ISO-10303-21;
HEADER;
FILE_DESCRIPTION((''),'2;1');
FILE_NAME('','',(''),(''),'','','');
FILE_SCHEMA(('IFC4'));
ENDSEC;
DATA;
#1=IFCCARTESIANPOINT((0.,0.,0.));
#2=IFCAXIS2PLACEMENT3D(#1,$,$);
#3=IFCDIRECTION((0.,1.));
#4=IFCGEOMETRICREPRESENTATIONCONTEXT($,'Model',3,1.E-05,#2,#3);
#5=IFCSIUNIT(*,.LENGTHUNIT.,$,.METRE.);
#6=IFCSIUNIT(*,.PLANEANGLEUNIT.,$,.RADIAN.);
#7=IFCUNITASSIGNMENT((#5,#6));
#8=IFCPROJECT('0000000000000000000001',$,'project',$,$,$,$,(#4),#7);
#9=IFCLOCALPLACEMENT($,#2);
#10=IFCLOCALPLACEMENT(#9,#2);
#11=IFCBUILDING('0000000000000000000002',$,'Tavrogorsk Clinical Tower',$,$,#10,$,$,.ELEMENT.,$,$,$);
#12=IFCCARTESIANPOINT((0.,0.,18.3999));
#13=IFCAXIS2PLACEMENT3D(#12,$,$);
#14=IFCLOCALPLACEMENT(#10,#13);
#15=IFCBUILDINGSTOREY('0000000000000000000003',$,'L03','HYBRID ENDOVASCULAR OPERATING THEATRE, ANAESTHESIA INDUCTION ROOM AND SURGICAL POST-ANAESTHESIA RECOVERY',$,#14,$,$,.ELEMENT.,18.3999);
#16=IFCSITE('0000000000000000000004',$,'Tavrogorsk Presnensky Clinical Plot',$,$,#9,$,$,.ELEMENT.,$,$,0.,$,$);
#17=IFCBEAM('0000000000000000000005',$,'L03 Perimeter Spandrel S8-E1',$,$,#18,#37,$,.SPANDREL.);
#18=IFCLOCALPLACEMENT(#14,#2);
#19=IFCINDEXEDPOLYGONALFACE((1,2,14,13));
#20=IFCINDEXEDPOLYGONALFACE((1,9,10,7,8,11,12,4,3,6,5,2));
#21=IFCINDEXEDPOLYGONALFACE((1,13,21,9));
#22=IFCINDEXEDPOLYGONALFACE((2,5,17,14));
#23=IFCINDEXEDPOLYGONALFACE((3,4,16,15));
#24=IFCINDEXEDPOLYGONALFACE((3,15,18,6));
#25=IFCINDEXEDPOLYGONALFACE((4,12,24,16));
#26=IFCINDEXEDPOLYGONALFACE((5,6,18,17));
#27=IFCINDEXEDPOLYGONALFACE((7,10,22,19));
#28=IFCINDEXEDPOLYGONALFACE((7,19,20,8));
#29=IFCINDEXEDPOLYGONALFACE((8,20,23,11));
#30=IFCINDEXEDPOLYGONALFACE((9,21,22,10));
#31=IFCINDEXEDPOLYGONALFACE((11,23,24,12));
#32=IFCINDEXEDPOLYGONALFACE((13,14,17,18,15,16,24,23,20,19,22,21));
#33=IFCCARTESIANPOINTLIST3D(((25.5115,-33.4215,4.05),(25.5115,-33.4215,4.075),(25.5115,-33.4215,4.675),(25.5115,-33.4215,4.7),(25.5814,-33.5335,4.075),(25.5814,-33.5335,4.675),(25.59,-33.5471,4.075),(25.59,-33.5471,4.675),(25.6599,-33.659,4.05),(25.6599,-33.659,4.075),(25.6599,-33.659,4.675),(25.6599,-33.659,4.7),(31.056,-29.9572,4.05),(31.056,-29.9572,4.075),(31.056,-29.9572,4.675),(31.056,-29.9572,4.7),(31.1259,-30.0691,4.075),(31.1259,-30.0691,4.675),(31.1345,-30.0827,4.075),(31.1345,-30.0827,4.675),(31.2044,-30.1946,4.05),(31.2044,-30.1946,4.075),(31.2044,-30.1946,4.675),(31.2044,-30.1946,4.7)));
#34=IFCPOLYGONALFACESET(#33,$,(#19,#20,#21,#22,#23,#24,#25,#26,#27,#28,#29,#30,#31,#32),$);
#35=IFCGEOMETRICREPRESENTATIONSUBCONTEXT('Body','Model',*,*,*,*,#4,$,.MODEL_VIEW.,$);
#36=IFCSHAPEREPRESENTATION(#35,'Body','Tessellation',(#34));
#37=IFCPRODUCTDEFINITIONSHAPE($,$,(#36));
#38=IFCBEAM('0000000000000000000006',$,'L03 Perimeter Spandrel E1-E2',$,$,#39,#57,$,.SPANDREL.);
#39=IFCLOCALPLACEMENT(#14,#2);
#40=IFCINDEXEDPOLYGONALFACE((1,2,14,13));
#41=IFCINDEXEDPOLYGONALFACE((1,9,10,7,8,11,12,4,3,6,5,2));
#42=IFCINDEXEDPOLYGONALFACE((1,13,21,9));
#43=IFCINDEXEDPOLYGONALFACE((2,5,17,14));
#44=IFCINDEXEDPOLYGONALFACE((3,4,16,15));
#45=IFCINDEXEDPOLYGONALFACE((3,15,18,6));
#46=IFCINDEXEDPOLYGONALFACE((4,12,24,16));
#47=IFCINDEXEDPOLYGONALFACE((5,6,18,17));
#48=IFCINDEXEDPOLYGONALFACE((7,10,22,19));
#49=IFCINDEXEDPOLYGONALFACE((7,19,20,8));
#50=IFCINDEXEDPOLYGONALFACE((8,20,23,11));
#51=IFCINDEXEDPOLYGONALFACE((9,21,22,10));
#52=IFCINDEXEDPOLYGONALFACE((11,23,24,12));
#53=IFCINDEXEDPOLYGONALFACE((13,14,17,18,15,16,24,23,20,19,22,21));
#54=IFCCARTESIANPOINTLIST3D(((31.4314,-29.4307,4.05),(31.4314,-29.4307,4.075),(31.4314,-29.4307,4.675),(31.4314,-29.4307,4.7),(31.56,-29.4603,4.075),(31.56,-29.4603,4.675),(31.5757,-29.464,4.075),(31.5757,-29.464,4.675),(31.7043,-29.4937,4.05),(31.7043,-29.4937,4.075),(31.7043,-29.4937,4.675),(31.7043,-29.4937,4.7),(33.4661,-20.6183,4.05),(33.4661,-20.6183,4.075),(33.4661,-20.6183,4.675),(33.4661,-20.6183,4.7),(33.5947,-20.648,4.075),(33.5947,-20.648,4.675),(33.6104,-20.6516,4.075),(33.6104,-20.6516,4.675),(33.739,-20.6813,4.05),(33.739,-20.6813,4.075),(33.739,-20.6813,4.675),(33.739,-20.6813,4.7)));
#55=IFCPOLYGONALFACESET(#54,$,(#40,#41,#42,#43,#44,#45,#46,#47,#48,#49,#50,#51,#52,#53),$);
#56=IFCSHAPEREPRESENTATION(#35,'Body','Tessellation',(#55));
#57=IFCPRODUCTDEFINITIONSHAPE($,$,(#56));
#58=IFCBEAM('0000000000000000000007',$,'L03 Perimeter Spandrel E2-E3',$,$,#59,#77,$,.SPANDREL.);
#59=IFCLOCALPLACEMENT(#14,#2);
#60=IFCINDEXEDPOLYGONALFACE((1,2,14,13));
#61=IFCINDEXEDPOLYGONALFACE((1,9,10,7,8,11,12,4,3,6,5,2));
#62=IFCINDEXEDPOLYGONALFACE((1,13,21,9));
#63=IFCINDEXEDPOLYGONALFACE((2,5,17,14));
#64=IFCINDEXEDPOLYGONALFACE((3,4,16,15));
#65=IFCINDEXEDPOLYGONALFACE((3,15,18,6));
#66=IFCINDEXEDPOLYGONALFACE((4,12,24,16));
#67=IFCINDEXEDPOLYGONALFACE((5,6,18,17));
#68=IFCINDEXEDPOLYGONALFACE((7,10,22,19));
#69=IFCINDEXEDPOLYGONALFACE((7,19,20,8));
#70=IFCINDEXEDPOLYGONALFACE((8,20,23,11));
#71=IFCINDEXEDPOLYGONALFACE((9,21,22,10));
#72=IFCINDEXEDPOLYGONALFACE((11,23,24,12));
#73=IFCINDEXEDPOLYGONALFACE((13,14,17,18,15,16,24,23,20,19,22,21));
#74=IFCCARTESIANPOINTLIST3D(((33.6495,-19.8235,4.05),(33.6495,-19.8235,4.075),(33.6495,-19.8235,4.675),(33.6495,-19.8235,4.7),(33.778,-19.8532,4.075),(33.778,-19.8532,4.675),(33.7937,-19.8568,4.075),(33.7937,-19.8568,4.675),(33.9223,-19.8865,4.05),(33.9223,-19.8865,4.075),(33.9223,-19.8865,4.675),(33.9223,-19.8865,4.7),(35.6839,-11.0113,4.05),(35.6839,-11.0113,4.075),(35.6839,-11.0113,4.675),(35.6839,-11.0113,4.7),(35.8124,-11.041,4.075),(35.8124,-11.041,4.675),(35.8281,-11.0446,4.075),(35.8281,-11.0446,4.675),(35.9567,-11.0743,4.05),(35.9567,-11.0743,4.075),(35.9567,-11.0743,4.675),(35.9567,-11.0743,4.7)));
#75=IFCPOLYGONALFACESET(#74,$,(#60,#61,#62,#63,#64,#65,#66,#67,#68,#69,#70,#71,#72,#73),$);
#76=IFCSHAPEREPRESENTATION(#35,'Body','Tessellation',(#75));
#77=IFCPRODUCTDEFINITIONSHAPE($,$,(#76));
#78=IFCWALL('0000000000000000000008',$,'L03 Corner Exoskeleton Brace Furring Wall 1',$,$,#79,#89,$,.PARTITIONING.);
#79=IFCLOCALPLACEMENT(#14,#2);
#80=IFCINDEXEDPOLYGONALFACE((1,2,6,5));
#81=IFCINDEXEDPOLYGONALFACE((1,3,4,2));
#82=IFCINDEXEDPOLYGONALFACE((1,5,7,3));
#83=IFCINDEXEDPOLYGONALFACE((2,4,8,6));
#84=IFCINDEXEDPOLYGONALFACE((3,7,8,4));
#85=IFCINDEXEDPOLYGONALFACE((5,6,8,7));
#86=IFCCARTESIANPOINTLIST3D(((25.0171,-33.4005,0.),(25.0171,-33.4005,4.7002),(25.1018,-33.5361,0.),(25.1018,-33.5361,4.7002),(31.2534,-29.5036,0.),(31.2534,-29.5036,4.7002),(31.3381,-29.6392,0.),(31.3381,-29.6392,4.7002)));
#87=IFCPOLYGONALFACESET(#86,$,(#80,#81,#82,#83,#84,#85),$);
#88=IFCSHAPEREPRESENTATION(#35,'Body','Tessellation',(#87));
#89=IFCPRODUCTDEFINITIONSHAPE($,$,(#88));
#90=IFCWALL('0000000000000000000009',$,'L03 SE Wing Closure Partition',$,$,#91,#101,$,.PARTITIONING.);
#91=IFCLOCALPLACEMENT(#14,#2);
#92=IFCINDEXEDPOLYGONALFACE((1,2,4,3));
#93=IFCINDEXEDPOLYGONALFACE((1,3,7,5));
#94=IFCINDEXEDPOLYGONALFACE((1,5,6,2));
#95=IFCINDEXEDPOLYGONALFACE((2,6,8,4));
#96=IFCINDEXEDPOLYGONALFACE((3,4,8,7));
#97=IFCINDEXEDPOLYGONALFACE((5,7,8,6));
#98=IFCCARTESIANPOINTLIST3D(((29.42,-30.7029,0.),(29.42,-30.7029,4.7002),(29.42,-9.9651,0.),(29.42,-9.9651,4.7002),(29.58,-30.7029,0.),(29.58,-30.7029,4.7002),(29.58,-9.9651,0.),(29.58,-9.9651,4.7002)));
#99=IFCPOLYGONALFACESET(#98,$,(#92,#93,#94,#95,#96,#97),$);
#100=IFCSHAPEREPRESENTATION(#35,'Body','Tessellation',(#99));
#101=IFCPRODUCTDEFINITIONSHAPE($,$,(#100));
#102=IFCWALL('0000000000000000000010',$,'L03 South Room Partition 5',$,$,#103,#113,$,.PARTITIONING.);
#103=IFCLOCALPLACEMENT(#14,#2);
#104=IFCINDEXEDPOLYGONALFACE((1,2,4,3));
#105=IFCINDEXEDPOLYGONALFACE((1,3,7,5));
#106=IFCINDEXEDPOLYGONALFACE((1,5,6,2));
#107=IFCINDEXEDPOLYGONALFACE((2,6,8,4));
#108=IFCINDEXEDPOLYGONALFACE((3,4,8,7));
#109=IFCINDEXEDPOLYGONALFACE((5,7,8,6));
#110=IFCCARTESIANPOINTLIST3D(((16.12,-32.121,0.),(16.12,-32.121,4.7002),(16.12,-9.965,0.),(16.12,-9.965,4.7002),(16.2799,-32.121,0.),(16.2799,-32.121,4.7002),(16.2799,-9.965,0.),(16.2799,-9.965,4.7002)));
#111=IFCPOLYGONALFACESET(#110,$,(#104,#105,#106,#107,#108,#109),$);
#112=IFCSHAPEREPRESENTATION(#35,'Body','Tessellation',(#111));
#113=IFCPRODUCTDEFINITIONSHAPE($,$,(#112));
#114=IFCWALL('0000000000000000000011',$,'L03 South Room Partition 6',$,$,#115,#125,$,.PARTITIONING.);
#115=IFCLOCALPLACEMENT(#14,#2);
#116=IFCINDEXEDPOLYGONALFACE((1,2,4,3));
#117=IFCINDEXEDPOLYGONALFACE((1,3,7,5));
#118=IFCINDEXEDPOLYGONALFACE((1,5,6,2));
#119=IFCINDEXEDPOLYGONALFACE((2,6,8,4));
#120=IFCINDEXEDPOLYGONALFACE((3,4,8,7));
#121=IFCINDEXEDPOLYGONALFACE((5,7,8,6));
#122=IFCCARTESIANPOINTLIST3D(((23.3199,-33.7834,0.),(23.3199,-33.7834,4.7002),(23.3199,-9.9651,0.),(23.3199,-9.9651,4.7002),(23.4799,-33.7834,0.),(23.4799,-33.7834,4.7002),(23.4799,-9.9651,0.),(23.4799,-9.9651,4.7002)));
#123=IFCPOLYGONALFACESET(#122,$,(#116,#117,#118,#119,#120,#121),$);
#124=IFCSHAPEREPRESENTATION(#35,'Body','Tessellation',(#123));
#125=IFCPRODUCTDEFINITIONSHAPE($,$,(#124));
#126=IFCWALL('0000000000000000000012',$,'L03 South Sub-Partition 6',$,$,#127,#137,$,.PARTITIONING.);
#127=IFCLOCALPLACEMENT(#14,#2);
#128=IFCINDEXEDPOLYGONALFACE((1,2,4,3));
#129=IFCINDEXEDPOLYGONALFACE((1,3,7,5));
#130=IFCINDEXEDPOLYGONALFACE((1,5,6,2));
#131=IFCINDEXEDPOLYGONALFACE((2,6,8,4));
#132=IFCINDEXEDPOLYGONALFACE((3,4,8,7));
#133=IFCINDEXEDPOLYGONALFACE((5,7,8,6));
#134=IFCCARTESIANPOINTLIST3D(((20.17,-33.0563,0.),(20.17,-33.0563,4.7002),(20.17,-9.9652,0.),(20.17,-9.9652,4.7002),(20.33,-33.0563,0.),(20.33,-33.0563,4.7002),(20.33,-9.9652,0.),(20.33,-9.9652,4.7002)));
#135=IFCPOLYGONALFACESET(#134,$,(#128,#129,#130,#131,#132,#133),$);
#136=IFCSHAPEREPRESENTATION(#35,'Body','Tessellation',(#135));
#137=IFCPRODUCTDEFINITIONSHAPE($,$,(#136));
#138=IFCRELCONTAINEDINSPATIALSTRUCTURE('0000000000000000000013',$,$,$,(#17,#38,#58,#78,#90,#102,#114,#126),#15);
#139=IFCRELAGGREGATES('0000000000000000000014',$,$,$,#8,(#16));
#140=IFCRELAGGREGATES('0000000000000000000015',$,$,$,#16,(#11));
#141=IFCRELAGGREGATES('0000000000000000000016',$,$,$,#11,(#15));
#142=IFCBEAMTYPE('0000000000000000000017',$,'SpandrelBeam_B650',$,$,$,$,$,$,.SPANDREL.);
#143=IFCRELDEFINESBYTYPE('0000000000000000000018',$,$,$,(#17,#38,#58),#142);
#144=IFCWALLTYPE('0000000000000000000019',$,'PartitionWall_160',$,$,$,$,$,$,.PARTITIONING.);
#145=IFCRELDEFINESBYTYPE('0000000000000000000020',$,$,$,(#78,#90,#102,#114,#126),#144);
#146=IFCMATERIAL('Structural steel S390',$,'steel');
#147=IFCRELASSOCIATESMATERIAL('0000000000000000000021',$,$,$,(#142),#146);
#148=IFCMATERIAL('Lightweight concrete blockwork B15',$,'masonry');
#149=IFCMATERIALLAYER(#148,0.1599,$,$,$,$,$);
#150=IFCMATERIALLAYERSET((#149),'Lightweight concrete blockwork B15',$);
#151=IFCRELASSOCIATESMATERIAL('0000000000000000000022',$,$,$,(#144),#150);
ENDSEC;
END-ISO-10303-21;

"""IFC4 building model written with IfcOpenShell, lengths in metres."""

from ifc_helpers import new_model, si_unit, direction, frame, frame_2d, origin, origin_2d, place, context, subcontext, project, spatial, rectangle, i_section, extrude, material, layer, layer_set, material_profile, profile_set, type_object, element, save


model = new_model("IFC4")

# Units and contexts
model_context = context("Model", 3, precision=1e-05, world=origin(), true_north=direction((0.0, 1.0)))
body_context = subcontext(model_context, "Body", "Model", "MODEL_VIEW")
ifc_project = project(units=[si_unit("LENGTHUNIT", "METRE"), si_unit("PLANEANGLEUNIT", "RADIAN")], contexts=[model_context])

# Site, building, storey
site_placement = place(None, origin())
site = spatial("IfcSite", under=ifc_project, at=site_placement, Name="Tavrogorsk Presnensky Clinical Plot", CompositionType="ELEMENT", RefElevation=0.0)
building_placement = place(site_placement, origin())
building = spatial("IfcBuilding", under=site, at=building_placement, Name="Tavrogorsk Clinical Tower", CompositionType="ELEMENT")
storey_placement = place(building_placement, frame((0.0, 0.0, 18.3999)))
storey = spatial("IfcBuildingStorey", under=building, at=storey_placement, Name="L03", Description="HYBRID ENDOVASCULAR OPERATING THEATRE, ANAESTHESIA INDUCTION ROOM AND SURGICAL POST-ANAESTHESIA RECOVERY", CompositionType="ELEMENT", Elevation=18.3999)

# Beams
ifc_material_1 = material(Name="Structural steel S390", Category="steel")
ifc_material_profile_1 = material_profile(ifc_material_1, i_section(OverallWidth=0.28, OverallDepth=0.6499, WebThickness=0.0161, FlangeThickness=0.0249, at=origin_2d()), Name="B-650x280x16x25")
ifc_profile_set_1 = profile_set([ifc_material_profile_1], Name="Structural steel S390")
beam_type_1 = type_object("IfcBeamType", Name="SpandrelBeam_B650", PredefinedType="SPANDREL", material=ifc_profile_set_1)
beam_1_placement = place(storey_placement, frame((25.5857, -33.5403, 4.375), z_axis=(0.848061, 0.529898, 0.0), x_axis=(-0.529898, 0.848061, 0.0)))
element("IfcBeam", 1, at=beam_1_placement, inside=storey, type_object=beam_type_1, Name="L03 Perimeter Spandrel S8-E1", PredefinedType="SPANDREL", context=body_context, shape_type="SweptSolid", body=[
    extrude(i_section(OverallWidth=0.28, OverallDepth=0.6499, WebThickness=0.0161, FlangeThickness=0.0249, at=origin_2d()), origin(), (0.0, 0.0, 1.0), 6.5378),
])
beam_2_placement = place(storey_placement, frame((31.5679, -29.4622, 4.375), z_axis=(0.224972, 0.974365, 0.0), x_axis=(-0.974365, 0.224972, 0.0)))
element("IfcBeam", 2, at=beam_2_placement, inside=storey, type_object=beam_type_1, Name="L03 Perimeter Spandrel E1-E2", PredefinedType="SPANDREL", context=body_context, shape_type="SweptSolid", body=[
    extrude(i_section(OverallWidth=0.28, OverallDepth=0.6499, WebThickness=0.0161, FlangeThickness=0.0249, at=origin_2d()), origin(), (0.0, 0.0, 1.0), 9.0442),
])
beam_3_placement = place(storey_placement, frame((33.7859, -19.855, 4.375), z_axis=(0.224946, 0.974371, 0.0), x_axis=(-0.974371, 0.224946, 0.0)))
element("IfcBeam", 3, at=beam_3_placement, inside=storey, type_object=beam_type_1, Name="L03 Perimeter Spandrel E2-E3", PredefinedType="SPANDREL", context=body_context, shape_type="SweptSolid", body=[
    extrude(i_section(OverallWidth=0.28, OverallDepth=0.6499, WebThickness=0.0161, FlangeThickness=0.0249, at=origin_2d()), origin(), (0.0, 0.0, 1.0), 9.0439),
])

# Walls
ifc_material_2 = material(Name="Lightweight concrete blockwork B15", Category="masonry")
ifc_layer_1 = layer(ifc_material_2, 0.1599)
ifc_layer_set_1 = layer_set([ifc_layer_1], Name="Lightweight concrete blockwork B15")
wall_type_1 = type_object("IfcWallType", Name="PartitionWall_160", PredefinedType="PARTITIONING", material=ifc_layer_set_1)
wall_1_placement = place(storey_placement, frame((25.0596, -33.4683, 0.0), z_axis=(0.0, 0.0, 1.0), x_axis=(0.848043, 0.529927, 0.0)))
element("IfcWall", 4, at=wall_1_placement, inside=storey, type_object=wall_type_1, Name="L03 Corner Exoskeleton Brace Furring Wall 1", PredefinedType="PARTITIONING", context=body_context, shape_type="SweptSolid", body=[
    extrude(rectangle(XDim=7.3538, YDim=0.1599, at=frame_2d((3.6768, 0.0))), origin(), (0.0, 0.0, 1.0), 4.7002),
])
wall_2_placement = place(storey_placement, frame((29.5, -30.7029, 0.0), z_axis=(0.0, 0.0, 1.0), x_axis=(0.0, 1.0, 0.0)))
element("IfcWall", 5, at=wall_2_placement, inside=storey, type_object=wall_type_1, Name="L03 SE Wing Closure Partition", PredefinedType="PARTITIONING", context=body_context, shape_type="SweptSolid", body=[
    extrude(rectangle(XDim=20.7378, YDim=0.1599, at=frame_2d((10.3689, 0.0))), origin(), (0.0, 0.0, 1.0), 4.7002),
])
wall_3_placement = place(storey_placement, frame((16.2, -32.1211, 0.0), z_axis=(0.0, 0.0, 1.0), x_axis=(0.0, 1.0, 0.0)))
element("IfcWall", 6, at=wall_3_placement, inside=storey, type_object=wall_type_1, Name="L03 South Room Partition 5", PredefinedType="PARTITIONING", context=body_context, shape_type="SweptSolid", body=[
    extrude(rectangle(XDim=22.156, YDim=0.1599, at=frame_2d((11.0781, 0.0))), origin(), (0.0, 0.0, 1.0), 4.7002),
])
wall_4_placement = place(storey_placement, frame((23.3999, -33.7834, 0.0), z_axis=(0.0, 0.0, 1.0), x_axis=(0.0, 1.0, 0.0)))
element("IfcWall", 7, at=wall_4_placement, inside=storey, type_object=wall_type_1, Name="L03 South Room Partition 6", PredefinedType="PARTITIONING", context=body_context, shape_type="SweptSolid", body=[
    extrude(rectangle(XDim=23.8184, YDim=0.1599, at=frame_2d((11.9092, 0.0))), origin(), (0.0, 0.0, 1.0), 4.7002),
])
wall_5_placement = place(storey_placement, frame((20.25, -33.0562, 0.0), z_axis=(0.0, 0.0, 1.0), x_axis=(0.0, 1.0, 0.0)))
element("IfcWall", 8, at=wall_5_placement, inside=storey, type_object=wall_type_1, Name="L03 South Sub-Partition 6", PredefinedType="PARTITIONING", context=body_context, shape_type="SweptSolid", body=[
    extrude(rectangle(XDim=23.0911, YDim=0.1599, at=frame_2d((11.5454, 0.0))), origin(), (0.0, 0.0, 1.0), 4.7002),
])

save(model, "model.ifc")
